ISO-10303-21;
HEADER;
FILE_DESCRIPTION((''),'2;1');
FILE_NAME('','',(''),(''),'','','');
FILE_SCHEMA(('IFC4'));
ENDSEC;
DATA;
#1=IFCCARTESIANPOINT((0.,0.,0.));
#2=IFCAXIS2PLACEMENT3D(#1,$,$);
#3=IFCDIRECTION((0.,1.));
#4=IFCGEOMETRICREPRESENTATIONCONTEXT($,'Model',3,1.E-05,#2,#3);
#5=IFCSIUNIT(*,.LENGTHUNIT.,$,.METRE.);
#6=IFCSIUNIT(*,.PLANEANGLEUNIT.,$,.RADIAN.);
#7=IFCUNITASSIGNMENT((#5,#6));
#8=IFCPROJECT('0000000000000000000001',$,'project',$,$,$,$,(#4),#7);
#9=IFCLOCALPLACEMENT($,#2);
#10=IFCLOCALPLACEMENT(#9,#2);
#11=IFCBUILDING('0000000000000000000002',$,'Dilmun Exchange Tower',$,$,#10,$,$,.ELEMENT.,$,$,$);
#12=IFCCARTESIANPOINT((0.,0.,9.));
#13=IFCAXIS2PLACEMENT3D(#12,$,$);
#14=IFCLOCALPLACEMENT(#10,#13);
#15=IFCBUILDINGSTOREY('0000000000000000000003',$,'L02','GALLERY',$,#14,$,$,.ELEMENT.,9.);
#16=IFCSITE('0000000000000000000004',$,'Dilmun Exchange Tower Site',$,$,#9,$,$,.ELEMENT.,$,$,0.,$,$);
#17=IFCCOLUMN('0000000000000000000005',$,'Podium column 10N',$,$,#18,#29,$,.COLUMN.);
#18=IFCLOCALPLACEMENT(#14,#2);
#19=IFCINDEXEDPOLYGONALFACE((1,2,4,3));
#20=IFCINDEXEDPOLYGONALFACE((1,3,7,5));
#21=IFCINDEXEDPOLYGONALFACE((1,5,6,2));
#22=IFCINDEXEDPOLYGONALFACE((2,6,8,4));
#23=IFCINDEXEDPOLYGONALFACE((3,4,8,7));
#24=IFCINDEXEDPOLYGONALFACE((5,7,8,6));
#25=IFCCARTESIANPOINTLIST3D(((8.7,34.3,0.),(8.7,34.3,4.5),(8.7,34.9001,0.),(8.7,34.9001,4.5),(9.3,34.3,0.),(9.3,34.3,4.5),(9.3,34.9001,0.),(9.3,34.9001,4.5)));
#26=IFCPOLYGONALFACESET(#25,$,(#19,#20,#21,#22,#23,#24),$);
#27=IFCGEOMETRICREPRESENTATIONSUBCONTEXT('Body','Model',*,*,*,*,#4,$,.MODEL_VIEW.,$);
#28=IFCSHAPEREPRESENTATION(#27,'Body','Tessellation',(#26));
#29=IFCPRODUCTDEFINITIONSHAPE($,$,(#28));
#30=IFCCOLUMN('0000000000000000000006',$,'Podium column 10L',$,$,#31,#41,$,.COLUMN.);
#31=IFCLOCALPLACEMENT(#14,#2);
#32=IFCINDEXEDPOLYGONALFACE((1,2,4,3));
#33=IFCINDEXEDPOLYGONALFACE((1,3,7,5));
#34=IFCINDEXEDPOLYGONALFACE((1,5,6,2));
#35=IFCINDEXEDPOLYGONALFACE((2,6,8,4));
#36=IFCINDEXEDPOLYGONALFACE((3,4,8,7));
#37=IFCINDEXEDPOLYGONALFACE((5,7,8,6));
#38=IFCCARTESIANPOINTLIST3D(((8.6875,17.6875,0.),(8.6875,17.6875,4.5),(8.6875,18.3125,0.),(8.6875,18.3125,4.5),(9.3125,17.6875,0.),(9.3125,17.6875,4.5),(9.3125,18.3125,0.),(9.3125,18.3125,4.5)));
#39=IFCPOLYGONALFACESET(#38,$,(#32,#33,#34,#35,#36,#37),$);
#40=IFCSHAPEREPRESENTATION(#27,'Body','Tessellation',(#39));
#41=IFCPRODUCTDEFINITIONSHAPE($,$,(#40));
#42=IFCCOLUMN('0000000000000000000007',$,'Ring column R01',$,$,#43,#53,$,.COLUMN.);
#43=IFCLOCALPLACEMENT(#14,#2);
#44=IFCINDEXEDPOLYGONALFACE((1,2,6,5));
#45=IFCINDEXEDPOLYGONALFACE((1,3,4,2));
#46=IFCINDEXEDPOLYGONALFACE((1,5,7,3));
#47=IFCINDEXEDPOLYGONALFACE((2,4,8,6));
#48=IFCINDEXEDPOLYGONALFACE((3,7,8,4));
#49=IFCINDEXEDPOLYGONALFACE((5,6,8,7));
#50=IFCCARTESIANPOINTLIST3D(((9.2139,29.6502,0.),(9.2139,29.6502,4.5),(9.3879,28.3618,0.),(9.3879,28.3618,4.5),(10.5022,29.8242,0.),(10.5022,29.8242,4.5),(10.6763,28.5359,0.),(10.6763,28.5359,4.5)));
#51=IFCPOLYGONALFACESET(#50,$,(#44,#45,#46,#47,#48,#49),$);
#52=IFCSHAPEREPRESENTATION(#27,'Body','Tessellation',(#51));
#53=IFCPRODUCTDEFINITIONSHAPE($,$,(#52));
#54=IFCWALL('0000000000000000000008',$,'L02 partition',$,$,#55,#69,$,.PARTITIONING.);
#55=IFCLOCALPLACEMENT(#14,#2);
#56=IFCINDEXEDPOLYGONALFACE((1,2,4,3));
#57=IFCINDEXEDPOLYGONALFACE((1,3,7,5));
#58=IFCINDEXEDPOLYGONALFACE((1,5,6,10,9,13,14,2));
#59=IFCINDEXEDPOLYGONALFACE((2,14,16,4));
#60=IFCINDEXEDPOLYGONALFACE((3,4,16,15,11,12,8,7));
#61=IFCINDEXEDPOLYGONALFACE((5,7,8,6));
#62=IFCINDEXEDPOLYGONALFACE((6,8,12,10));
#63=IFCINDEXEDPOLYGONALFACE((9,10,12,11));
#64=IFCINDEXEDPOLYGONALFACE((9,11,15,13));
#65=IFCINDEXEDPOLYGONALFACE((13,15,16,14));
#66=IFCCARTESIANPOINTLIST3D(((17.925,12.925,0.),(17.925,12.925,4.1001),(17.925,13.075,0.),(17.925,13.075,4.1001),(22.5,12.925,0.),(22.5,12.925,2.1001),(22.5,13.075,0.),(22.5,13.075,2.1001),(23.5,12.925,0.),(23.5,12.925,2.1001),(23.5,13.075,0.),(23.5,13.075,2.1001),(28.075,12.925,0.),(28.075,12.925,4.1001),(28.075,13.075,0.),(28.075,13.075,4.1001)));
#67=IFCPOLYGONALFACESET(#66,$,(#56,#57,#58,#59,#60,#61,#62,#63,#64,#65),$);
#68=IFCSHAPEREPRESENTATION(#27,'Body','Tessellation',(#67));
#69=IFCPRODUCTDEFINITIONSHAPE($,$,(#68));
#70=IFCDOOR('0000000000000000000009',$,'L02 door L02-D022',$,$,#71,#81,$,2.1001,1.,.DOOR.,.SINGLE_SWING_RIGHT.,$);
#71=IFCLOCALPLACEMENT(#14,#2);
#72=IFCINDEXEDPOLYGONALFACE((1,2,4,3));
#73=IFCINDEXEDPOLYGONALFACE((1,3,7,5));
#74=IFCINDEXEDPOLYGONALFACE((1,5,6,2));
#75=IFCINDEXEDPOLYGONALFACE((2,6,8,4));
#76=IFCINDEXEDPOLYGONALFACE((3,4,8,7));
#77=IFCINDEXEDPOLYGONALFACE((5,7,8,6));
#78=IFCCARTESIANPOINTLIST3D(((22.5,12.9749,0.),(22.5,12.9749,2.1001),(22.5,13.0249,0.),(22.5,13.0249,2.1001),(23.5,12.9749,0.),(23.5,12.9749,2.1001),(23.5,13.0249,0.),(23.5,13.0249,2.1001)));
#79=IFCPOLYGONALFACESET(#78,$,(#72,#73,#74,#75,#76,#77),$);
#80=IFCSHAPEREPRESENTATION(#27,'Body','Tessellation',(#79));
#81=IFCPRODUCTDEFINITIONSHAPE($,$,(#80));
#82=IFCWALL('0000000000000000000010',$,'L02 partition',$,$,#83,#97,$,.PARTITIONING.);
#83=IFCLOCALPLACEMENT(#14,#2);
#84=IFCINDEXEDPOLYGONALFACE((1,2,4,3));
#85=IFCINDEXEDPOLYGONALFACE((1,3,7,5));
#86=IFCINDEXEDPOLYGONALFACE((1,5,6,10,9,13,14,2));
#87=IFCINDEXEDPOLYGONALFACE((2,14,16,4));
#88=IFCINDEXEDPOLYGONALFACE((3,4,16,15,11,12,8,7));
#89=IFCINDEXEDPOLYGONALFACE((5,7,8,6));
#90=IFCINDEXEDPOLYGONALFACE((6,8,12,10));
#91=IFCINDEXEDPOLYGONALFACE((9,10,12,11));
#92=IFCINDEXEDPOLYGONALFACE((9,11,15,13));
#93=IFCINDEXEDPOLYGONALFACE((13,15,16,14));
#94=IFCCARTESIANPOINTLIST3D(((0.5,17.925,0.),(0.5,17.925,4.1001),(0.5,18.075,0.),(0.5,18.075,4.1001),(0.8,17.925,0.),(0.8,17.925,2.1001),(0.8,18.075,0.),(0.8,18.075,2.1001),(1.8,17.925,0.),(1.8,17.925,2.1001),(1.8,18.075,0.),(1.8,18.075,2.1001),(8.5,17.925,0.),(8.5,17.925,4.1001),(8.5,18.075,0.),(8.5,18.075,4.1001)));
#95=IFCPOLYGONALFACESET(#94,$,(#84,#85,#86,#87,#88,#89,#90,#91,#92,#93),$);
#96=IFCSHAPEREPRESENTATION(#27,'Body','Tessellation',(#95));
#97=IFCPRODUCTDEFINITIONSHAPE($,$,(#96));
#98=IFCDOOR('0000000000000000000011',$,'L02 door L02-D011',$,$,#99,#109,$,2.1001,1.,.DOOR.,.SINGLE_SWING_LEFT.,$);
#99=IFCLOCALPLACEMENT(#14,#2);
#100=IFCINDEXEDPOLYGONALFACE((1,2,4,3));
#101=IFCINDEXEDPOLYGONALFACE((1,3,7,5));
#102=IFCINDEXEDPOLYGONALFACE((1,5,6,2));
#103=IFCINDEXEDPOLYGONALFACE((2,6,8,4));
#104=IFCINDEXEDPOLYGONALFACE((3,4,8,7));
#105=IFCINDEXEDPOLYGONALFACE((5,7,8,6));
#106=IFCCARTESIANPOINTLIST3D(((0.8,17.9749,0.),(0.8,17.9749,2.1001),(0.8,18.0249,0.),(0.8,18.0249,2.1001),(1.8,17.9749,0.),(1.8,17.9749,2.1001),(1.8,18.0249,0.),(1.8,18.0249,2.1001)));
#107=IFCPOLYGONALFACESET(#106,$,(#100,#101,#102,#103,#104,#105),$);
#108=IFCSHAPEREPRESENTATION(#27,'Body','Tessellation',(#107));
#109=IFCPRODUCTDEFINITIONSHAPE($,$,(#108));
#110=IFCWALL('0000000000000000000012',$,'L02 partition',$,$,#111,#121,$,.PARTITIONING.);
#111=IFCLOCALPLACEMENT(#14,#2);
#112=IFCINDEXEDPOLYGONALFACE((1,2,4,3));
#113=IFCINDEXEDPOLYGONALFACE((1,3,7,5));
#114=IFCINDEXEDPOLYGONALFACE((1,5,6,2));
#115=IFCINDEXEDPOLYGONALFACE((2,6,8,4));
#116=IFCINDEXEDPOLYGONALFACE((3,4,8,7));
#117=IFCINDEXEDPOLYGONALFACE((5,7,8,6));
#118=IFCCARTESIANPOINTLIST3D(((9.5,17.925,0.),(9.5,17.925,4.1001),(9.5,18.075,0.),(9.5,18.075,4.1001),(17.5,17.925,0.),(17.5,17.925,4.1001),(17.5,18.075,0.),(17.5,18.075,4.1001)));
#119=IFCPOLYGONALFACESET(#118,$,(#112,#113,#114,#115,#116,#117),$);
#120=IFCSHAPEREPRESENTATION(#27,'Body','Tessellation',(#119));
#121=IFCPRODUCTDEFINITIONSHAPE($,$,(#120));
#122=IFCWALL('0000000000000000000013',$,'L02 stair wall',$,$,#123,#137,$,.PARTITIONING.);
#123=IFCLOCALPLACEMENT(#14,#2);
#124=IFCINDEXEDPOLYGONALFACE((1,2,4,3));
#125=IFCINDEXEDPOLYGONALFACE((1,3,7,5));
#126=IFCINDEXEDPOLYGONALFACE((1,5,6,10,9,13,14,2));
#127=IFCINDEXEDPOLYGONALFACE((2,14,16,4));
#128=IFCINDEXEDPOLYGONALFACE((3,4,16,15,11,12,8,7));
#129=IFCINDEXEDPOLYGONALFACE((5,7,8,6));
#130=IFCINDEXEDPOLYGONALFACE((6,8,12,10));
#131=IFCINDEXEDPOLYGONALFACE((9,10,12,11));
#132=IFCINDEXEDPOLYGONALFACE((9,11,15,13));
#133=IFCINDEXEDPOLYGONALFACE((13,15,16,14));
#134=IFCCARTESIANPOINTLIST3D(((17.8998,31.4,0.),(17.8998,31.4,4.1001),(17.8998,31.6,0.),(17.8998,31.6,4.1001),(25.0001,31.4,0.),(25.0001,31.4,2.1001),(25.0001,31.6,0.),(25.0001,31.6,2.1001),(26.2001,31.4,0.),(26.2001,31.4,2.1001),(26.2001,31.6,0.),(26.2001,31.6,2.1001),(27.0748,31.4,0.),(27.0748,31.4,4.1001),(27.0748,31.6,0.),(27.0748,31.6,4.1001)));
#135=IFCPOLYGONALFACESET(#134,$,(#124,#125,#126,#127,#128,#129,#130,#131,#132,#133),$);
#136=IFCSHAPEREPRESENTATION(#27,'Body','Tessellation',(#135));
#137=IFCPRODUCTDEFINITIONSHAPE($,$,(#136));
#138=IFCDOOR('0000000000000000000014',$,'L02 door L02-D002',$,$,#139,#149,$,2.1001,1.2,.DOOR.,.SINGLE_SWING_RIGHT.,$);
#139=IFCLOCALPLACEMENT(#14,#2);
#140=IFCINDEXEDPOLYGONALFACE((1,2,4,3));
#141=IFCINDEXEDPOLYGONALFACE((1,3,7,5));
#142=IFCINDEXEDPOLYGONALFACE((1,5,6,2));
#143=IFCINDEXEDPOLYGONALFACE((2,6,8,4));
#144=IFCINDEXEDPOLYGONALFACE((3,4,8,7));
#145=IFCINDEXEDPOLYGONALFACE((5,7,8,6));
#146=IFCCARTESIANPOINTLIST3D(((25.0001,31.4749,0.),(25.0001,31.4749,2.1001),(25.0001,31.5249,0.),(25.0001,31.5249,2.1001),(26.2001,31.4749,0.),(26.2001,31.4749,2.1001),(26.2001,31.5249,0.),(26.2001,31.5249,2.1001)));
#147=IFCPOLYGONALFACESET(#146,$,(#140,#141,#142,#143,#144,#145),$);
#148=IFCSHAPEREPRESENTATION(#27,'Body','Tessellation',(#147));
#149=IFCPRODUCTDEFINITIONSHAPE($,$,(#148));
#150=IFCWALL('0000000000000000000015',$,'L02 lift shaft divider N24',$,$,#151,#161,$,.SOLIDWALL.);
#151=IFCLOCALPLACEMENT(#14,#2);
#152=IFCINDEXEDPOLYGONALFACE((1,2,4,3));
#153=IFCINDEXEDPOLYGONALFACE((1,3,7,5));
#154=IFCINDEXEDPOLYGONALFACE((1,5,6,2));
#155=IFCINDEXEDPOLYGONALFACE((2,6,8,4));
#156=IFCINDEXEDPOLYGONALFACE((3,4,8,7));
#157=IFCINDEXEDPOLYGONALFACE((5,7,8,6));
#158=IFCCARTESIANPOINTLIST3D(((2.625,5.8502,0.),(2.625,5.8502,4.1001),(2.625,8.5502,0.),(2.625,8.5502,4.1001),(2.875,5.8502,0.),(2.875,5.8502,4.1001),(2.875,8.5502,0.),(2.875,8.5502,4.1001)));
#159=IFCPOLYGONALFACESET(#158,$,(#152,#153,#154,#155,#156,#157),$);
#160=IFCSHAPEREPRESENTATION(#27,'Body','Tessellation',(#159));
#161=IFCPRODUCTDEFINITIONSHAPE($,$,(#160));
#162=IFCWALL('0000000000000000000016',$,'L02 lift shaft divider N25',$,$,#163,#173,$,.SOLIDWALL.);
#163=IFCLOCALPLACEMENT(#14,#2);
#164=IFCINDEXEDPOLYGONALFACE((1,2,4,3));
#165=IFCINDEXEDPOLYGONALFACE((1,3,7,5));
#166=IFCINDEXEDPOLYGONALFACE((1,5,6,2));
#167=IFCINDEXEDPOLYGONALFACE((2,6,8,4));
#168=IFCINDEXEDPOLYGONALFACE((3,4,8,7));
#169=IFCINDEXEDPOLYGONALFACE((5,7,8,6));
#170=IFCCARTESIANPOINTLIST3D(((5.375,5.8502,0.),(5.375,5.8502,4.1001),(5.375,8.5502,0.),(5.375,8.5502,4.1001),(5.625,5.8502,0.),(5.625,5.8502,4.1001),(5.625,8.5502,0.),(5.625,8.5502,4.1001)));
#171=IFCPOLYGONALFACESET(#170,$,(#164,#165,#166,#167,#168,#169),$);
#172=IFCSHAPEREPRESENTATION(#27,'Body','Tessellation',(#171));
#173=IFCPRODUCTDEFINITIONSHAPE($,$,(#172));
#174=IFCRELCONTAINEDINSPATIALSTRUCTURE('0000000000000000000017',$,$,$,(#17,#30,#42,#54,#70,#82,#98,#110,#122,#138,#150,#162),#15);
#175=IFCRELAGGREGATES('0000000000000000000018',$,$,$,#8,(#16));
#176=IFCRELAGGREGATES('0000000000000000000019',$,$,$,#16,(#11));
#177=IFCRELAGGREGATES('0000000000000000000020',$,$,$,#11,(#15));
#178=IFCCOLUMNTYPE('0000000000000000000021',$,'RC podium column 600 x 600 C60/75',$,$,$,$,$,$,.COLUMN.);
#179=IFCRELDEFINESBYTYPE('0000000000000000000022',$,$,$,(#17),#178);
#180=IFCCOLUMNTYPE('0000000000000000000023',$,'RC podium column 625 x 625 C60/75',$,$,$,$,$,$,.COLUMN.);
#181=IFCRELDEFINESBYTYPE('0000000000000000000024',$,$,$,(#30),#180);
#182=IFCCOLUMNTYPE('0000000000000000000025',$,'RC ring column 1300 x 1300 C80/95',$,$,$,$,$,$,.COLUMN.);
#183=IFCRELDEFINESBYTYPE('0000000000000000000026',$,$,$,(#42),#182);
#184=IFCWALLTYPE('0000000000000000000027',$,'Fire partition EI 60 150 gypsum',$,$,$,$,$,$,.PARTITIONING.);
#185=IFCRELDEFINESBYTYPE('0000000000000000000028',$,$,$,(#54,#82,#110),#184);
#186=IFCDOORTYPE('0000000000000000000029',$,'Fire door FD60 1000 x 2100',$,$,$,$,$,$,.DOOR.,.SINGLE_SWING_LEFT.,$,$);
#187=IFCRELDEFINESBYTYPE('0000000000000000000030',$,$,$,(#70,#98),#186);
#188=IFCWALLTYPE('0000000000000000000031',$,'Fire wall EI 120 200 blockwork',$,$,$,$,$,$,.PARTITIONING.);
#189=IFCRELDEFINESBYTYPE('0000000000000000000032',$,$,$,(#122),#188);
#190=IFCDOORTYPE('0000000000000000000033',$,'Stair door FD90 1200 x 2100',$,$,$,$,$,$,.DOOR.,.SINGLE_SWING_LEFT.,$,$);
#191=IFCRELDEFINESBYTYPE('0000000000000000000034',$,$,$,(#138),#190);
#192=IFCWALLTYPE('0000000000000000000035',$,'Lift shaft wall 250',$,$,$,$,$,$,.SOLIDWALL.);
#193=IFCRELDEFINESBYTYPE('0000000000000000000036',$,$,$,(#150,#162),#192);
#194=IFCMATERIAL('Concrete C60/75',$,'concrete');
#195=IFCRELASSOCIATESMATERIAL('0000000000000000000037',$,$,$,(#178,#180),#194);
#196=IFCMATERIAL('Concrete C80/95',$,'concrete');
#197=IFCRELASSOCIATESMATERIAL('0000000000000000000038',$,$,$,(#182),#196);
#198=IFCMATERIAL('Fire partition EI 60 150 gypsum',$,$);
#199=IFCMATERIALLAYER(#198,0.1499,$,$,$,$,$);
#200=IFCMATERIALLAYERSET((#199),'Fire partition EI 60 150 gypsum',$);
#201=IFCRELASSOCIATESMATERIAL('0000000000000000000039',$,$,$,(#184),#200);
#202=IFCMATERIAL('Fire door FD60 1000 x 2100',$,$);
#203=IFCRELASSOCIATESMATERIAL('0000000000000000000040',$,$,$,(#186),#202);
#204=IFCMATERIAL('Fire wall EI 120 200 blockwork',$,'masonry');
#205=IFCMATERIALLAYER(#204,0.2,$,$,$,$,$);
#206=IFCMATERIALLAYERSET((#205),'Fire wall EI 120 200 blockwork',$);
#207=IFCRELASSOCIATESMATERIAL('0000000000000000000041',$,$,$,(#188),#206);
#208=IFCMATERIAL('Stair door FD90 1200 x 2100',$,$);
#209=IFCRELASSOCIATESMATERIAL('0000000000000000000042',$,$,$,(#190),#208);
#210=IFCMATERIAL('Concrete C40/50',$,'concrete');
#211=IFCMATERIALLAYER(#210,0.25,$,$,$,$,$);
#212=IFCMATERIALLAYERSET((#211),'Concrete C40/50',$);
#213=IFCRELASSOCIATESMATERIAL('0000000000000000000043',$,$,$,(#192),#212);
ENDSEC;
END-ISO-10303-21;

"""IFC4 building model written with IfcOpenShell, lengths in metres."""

from ifc_helpers import new_model, si_unit, direction, frame, frame_2d, origin, origin_2d, place, context, subcontext, project, spatial, rectangle, extrude, material, layer, layer_set, material_profile, profile_set, type_object, element, fill, save


model = new_model("IFC4")

# Units and contexts
model_context = context("Model", 3, precision=1e-05, world=origin(), true_north=direction((0.0, 1.0)))
body_context = subcontext(model_context, "Body", "Model", "MODEL_VIEW")
ifc_project = project(units=[si_unit("LENGTHUNIT", "METRE"), si_unit("PLANEANGLEUNIT", "RADIAN")], contexts=[model_context])

# Site, building, storey
site_placement = place(None, origin())
site = spatial("IfcSite", under=ifc_project, at=site_placement, Name="Dilmun Exchange Tower Site", CompositionType="ELEMENT", RefElevation=0.0)
building_placement = place(site_placement, origin())
building = spatial("IfcBuilding", under=site, at=building_placement, Name="Dilmun Exchange Tower", CompositionType="ELEMENT")
storey_placement = place(building_placement, frame((0.0, 0.0, 9.0)))
storey = spatial("IfcBuildingStorey", under=building, at=storey_placement, Name="L02", Description="GALLERY", CompositionType="ELEMENT", Elevation=9.0)

# Columns
ifc_material_1 = material(Name="Concrete C60/75", Category="concrete")
ifc_material_profile_1 = material_profile(ifc_material_1, rectangle(XDim=0.6001, YDim=0.6001, at=origin_2d()), Name="600 x 600")
ifc_profile_set_1 = profile_set([ifc_material_profile_1], Name="Concrete C60/75")
column_type_1 = type_object("IfcColumnType", Name="RC podium column 600 x 600 C60/75", PredefinedType="COLUMN", material=ifc_profile_set_1)
column_1_placement = place(storey_placement, frame((9.0, 34.6001, 0.0), z_axis=(0.0, 0.0, 1.0), x_axis=(1.0, 0.0, 0.0)))
element("IfcColumn", 1, at=column_1_placement, inside=storey, type_object=column_type_1, Name="Podium column 10N", PredefinedType="COLUMN", context=body_context, shape_type="SweptSolid", body=[
    extrude(rectangle(XDim=0.6001, YDim=0.6001, at=origin_2d()), origin(), (0.0, 0.0, 1.0), 4.5),
])
ifc_material_profile_2 = material_profile(ifc_material_1, rectangle(XDim=0.625, YDim=0.625, at=origin_2d()), Name="625 x 625")
ifc_profile_set_2 = profile_set([ifc_material_profile_2], Name="Concrete C60/75")
column_type_2 = type_object("IfcColumnType", Name="RC podium column 625 x 625 C60/75", PredefinedType="COLUMN", material=ifc_profile_set_2)
column_2_placement = place(storey_placement, frame((9.0, 18.0, 0.0), z_axis=(0.0, 0.0, 1.0), x_axis=(1.0, 0.0, 0.0)))
element("IfcColumn", 2, at=column_2_placement, inside=storey, type_object=column_type_2, Name="Podium column 10L", PredefinedType="COLUMN", context=body_context, shape_type="SweptSolid", body=[
    extrude(rectangle(XDim=0.625, YDim=0.625, at=origin_2d()), origin(), (0.0, 0.0, 1.0), 4.5),
])
ifc_material_2 = material(Name="Concrete C80/95", Category="concrete")
ifc_material_profile_3 = material_profile(ifc_material_2, rectangle(XDim=1.3, YDim=1.3, at=origin_2d()), Name="1300 x 1300")
ifc_profile_set_3 = profile_set([ifc_material_profile_3], Name="Concrete C80/95")
column_type_3 = type_object("IfcColumnType", Name="RC ring column 1300 x 1300 C80/95", PredefinedType="COLUMN", material=ifc_profile_set_3)
column_3_placement = place(storey_placement, frame((9.9451, 29.093, 0.0), z_axis=(0.0, 0.0, 1.0), x_axis=(0.991001, 0.133853, 0.0)))
element("IfcColumn", 3, at=column_3_placement, inside=storey, type_object=column_type_3, Name="Ring column R01", PredefinedType="COLUMN", context=body_context, shape_type="SweptSolid", body=[
    extrude(rectangle(XDim=1.3, YDim=1.3, at=origin_2d()), origin(), (0.0, 0.0, 1.0), 4.5),
])

# Walls, openings, doors
ifc_material_3 = material(Name="Fire partition EI 60 150 gypsum")
ifc_layer_1 = layer(ifc_material_3, 0.1499)
ifc_layer_set_1 = layer_set([ifc_layer_1], Name="Fire partition EI 60 150 gypsum")
wall_type_1 = type_object("IfcWallType", Name="Fire partition EI 60 150 gypsum", PredefinedType="PARTITIONING", material=ifc_layer_set_1)
wall_1_placement = place(storey_placement, frame((17.925, 13.0, 0.0), z_axis=(0.0, 0.0, 1.0), x_axis=(1.0, 0.0, 0.0)))
wall_1 = element("IfcWall", 4, at=wall_1_placement, inside=storey, type_object=wall_type_1, Name="L02 partition", PredefinedType="PARTITIONING", context=body_context, shape_type="SweptSolid", body=[
    extrude(rectangle(XDim=10.1499, YDim=0.1499, at=frame_2d((5.075, 0.0))), origin(), (0.0, 0.0, 1.0), 4.1001),
])
opening_1_placement = place(wall_1_placement, frame((4.575, 0.0, 0.0)))
opening_1 = element("IfcOpeningElement", 5, at=opening_1_placement, cuts=wall_1, PredefinedType="OPENING", context=body_context, shape_type="SweptSolid", body=[
    extrude(rectangle(XDim=1.0, YDim=2.1001, at=frame_2d((0.5, 1.05))), frame((0.0, 0.085, 0.0), z_axis=(0.0, -1.0, 0.0), x_axis=(1.0, 0.0, 0.0)), (0.0, 0.0, 1.0), 0.1699),
])
ifc_material_4 = material(Name="Fire door FD60 1000 x 2100")
door_type_1 = type_object("IfcDoorType", Name="Fire door FD60 1000 x 2100", OperationType="SINGLE_SWING_LEFT", PredefinedType="DOOR", material=ifc_material_4)
door_1_placement = place(opening_1_placement, origin())
door_1 = element("IfcDoor", 6, at=door_1_placement, inside=storey, type_object=door_type_1, Name="L02 door L02-D022", OperationType="SINGLE_SWING_RIGHT", OverallHeight=2.1001, OverallWidth=1.0, PredefinedType="DOOR", context=body_context, shape_type="SweptSolid", body=[
    extrude(rectangle(XDim=1.0, YDim=2.1001, at=frame_2d((0.5, 1.05))), frame((0.0, 0.0249, 0.0), z_axis=(0.0, -1.0, 0.0), x_axis=(1.0, 0.0, 0.0)), (0.0, 0.0, 1.0), 0.05),
])
fill(opening_1, door_1)
wall_2_placement = place(storey_placement, frame((0.5, 18.0, 0.0), z_axis=(0.0, 0.0, 1.0), x_axis=(1.0, 0.0, 0.0)))
wall_2 = element("IfcWall", 7, at=wall_2_placement, inside=storey, type_object=wall_type_1, Name="L02 partition", PredefinedType="PARTITIONING", context=body_context, shape_type="SweptSolid", body=[
    extrude(rectangle(XDim=8.0, YDim=0.1499, at=frame_2d((4.0, 0.0))), origin(), (0.0, 0.0, 1.0), 4.1001),
])
opening_2_placement = place(wall_2_placement, frame((0.3, 0.0, 0.0)))
opening_2 = element("IfcOpeningElement", 8, at=opening_2_placement, cuts=wall_2, PredefinedType="OPENING", context=body_context, shape_type="SweptSolid", body=[
    extrude(rectangle(XDim=1.0, YDim=2.1001, at=frame_2d((0.5, 1.05))), frame((0.0, 0.085, 0.0), z_axis=(0.0, -1.0, 0.0), x_axis=(1.0, 0.0, 0.0)), (0.0, 0.0, 1.0), 0.1699),
])
door_2_placement = place(opening_2_placement, origin())
door_2 = element("IfcDoor", 9, at=door_2_placement, inside=storey, type_object=door_type_1, Name="L02 door L02-D011", OperationType="SINGLE_SWING_LEFT", OverallHeight=2.1001, OverallWidth=1.0, PredefinedType="DOOR", context=body_context, shape_type="SweptSolid", body=[
    extrude(rectangle(XDim=1.0, YDim=2.1001, at=frame_2d((0.5, 1.05))), frame((0.0, 0.0249, 0.0), z_axis=(0.0, -1.0, 0.0), x_axis=(1.0, 0.0, 0.0)), (0.0, 0.0, 1.0), 0.05),
])
fill(opening_2, door_2)

# Wall
wall_3_placement = place(storey_placement, frame((9.5, 18.0, 0.0), z_axis=(0.0, 0.0, 1.0), x_axis=(1.0, 0.0, 0.0)))
element("IfcWall", 10, at=wall_3_placement, inside=storey, type_object=wall_type_1, Name="L02 partition", PredefinedType="PARTITIONING", context=body_context, shape_type="SweptSolid", body=[
    extrude(rectangle(XDim=8.0, YDim=0.1499, at=frame_2d((4.0, 0.0))), origin(), (0.0, 0.0, 1.0), 4.1001),
])

# Wall, opening, door
ifc_material_5 = material(Name="Fire wall EI 120 200 blockwork", Category="masonry")
ifc_layer_2 = layer(ifc_material_5, 0.2)
ifc_layer_set_2 = layer_set([ifc_layer_2], Name="Fire wall EI 120 200 blockwork")
wall_type_2 = type_object("IfcWallType", Name="Fire wall EI 120 200 blockwork", PredefinedType="PARTITIONING", material=ifc_layer_set_2)
wall_4_placement = place(storey_placement, frame((17.8999, 31.5, 0.0), z_axis=(0.0, 0.0, 1.0), x_axis=(1.0, 0.0, 0.0)))
wall_4 = element("IfcWall", 11, at=wall_4_placement, inside=storey, type_object=wall_type_2, Name="L02 stair wall", PredefinedType="PARTITIONING", context=body_context, shape_type="SweptSolid", body=[
    extrude(rectangle(XDim=9.175, YDim=0.2, at=frame_2d((4.5874, 0.0))), origin(), (0.0, 0.0, 1.0), 4.1001),
])
opening_3_placement = place(wall_4_placement, frame((7.1001, 0.0, 0.0)))
opening_3 = element("IfcOpeningElement", 12, at=opening_3_placement, cuts=wall_4, PredefinedType="OPENING", context=body_context, shape_type="SweptSolid", body=[
    extrude(rectangle(XDim=1.2, YDim=2.1001, at=frame_2d((0.6001, 1.05))), frame((0.0, 0.1099, 0.0), z_axis=(0.0, -1.0, 0.0), x_axis=(1.0, 0.0, 0.0)), (0.0, 0.0, 1.0), 0.22),
])
ifc_material_6 = material(Name="Stair door FD90 1200 x 2100")
door_type_2 = type_object("IfcDoorType", Name="Stair door FD90 1200 x 2100", OperationType="SINGLE_SWING_LEFT", PredefinedType="DOOR", material=ifc_material_6)
door_3_placement = place(opening_3_placement, origin())
door_3 = element("IfcDoor", 13, at=door_3_placement, inside=storey, type_object=door_type_2, Name="L02 door L02-D002", OperationType="SINGLE_SWING_RIGHT", OverallHeight=2.1001, OverallWidth=1.2, PredefinedType="DOOR", context=body_context, shape_type="SweptSolid", body=[
    extrude(rectangle(XDim=1.2, YDim=2.1001, at=frame_2d((0.6001, 1.05))), frame((0.0, 0.0249, 0.0), z_axis=(0.0, -1.0, 0.0), x_axis=(1.0, 0.0, 0.0)), (0.0, 0.0, 1.0), 0.05),
])
fill(opening_3, door_3)

# Walls
ifc_material_7 = material(Name="Concrete C40/50", Category="concrete")
ifc_layer_3 = layer(ifc_material_7, 0.25)
ifc_layer_set_3 = layer_set([ifc_layer_3], Name="Concrete C40/50")
wall_type_3 = type_object("IfcWallType", Name="Lift shaft wall 250", PredefinedType="SOLIDWALL", material=ifc_layer_set_3)
for number, where, z_axis, x_axis, name in (
    (14, (2.75, 5.8501, 0.0), (0.0, 0.0, 1.0), (0.0, 1.0, 0.0), "L02 lift shaft divider N24"),
    (15, (5.5, 5.8501, 0.0), (0.0, 0.0, 1.0), (0.0, 1.0, 0.0), "L02 lift shaft divider N25"),
):
    element("IfcWall", number, at=place(storey_placement, frame(where, z_axis=z_axis, x_axis=x_axis)), inside=storey, type_object=wall_type_3, Name=name, PredefinedType="SOLIDWALL", context=body_context, shape_type="SweptSolid", body=[
        extrude(rectangle(XDim=2.7, YDim=0.25, at=frame_2d((1.3501, 0.0))), origin(), (0.0, 0.0, 1.0), 4.1001),
    ])

save(model, "model.ifc")
